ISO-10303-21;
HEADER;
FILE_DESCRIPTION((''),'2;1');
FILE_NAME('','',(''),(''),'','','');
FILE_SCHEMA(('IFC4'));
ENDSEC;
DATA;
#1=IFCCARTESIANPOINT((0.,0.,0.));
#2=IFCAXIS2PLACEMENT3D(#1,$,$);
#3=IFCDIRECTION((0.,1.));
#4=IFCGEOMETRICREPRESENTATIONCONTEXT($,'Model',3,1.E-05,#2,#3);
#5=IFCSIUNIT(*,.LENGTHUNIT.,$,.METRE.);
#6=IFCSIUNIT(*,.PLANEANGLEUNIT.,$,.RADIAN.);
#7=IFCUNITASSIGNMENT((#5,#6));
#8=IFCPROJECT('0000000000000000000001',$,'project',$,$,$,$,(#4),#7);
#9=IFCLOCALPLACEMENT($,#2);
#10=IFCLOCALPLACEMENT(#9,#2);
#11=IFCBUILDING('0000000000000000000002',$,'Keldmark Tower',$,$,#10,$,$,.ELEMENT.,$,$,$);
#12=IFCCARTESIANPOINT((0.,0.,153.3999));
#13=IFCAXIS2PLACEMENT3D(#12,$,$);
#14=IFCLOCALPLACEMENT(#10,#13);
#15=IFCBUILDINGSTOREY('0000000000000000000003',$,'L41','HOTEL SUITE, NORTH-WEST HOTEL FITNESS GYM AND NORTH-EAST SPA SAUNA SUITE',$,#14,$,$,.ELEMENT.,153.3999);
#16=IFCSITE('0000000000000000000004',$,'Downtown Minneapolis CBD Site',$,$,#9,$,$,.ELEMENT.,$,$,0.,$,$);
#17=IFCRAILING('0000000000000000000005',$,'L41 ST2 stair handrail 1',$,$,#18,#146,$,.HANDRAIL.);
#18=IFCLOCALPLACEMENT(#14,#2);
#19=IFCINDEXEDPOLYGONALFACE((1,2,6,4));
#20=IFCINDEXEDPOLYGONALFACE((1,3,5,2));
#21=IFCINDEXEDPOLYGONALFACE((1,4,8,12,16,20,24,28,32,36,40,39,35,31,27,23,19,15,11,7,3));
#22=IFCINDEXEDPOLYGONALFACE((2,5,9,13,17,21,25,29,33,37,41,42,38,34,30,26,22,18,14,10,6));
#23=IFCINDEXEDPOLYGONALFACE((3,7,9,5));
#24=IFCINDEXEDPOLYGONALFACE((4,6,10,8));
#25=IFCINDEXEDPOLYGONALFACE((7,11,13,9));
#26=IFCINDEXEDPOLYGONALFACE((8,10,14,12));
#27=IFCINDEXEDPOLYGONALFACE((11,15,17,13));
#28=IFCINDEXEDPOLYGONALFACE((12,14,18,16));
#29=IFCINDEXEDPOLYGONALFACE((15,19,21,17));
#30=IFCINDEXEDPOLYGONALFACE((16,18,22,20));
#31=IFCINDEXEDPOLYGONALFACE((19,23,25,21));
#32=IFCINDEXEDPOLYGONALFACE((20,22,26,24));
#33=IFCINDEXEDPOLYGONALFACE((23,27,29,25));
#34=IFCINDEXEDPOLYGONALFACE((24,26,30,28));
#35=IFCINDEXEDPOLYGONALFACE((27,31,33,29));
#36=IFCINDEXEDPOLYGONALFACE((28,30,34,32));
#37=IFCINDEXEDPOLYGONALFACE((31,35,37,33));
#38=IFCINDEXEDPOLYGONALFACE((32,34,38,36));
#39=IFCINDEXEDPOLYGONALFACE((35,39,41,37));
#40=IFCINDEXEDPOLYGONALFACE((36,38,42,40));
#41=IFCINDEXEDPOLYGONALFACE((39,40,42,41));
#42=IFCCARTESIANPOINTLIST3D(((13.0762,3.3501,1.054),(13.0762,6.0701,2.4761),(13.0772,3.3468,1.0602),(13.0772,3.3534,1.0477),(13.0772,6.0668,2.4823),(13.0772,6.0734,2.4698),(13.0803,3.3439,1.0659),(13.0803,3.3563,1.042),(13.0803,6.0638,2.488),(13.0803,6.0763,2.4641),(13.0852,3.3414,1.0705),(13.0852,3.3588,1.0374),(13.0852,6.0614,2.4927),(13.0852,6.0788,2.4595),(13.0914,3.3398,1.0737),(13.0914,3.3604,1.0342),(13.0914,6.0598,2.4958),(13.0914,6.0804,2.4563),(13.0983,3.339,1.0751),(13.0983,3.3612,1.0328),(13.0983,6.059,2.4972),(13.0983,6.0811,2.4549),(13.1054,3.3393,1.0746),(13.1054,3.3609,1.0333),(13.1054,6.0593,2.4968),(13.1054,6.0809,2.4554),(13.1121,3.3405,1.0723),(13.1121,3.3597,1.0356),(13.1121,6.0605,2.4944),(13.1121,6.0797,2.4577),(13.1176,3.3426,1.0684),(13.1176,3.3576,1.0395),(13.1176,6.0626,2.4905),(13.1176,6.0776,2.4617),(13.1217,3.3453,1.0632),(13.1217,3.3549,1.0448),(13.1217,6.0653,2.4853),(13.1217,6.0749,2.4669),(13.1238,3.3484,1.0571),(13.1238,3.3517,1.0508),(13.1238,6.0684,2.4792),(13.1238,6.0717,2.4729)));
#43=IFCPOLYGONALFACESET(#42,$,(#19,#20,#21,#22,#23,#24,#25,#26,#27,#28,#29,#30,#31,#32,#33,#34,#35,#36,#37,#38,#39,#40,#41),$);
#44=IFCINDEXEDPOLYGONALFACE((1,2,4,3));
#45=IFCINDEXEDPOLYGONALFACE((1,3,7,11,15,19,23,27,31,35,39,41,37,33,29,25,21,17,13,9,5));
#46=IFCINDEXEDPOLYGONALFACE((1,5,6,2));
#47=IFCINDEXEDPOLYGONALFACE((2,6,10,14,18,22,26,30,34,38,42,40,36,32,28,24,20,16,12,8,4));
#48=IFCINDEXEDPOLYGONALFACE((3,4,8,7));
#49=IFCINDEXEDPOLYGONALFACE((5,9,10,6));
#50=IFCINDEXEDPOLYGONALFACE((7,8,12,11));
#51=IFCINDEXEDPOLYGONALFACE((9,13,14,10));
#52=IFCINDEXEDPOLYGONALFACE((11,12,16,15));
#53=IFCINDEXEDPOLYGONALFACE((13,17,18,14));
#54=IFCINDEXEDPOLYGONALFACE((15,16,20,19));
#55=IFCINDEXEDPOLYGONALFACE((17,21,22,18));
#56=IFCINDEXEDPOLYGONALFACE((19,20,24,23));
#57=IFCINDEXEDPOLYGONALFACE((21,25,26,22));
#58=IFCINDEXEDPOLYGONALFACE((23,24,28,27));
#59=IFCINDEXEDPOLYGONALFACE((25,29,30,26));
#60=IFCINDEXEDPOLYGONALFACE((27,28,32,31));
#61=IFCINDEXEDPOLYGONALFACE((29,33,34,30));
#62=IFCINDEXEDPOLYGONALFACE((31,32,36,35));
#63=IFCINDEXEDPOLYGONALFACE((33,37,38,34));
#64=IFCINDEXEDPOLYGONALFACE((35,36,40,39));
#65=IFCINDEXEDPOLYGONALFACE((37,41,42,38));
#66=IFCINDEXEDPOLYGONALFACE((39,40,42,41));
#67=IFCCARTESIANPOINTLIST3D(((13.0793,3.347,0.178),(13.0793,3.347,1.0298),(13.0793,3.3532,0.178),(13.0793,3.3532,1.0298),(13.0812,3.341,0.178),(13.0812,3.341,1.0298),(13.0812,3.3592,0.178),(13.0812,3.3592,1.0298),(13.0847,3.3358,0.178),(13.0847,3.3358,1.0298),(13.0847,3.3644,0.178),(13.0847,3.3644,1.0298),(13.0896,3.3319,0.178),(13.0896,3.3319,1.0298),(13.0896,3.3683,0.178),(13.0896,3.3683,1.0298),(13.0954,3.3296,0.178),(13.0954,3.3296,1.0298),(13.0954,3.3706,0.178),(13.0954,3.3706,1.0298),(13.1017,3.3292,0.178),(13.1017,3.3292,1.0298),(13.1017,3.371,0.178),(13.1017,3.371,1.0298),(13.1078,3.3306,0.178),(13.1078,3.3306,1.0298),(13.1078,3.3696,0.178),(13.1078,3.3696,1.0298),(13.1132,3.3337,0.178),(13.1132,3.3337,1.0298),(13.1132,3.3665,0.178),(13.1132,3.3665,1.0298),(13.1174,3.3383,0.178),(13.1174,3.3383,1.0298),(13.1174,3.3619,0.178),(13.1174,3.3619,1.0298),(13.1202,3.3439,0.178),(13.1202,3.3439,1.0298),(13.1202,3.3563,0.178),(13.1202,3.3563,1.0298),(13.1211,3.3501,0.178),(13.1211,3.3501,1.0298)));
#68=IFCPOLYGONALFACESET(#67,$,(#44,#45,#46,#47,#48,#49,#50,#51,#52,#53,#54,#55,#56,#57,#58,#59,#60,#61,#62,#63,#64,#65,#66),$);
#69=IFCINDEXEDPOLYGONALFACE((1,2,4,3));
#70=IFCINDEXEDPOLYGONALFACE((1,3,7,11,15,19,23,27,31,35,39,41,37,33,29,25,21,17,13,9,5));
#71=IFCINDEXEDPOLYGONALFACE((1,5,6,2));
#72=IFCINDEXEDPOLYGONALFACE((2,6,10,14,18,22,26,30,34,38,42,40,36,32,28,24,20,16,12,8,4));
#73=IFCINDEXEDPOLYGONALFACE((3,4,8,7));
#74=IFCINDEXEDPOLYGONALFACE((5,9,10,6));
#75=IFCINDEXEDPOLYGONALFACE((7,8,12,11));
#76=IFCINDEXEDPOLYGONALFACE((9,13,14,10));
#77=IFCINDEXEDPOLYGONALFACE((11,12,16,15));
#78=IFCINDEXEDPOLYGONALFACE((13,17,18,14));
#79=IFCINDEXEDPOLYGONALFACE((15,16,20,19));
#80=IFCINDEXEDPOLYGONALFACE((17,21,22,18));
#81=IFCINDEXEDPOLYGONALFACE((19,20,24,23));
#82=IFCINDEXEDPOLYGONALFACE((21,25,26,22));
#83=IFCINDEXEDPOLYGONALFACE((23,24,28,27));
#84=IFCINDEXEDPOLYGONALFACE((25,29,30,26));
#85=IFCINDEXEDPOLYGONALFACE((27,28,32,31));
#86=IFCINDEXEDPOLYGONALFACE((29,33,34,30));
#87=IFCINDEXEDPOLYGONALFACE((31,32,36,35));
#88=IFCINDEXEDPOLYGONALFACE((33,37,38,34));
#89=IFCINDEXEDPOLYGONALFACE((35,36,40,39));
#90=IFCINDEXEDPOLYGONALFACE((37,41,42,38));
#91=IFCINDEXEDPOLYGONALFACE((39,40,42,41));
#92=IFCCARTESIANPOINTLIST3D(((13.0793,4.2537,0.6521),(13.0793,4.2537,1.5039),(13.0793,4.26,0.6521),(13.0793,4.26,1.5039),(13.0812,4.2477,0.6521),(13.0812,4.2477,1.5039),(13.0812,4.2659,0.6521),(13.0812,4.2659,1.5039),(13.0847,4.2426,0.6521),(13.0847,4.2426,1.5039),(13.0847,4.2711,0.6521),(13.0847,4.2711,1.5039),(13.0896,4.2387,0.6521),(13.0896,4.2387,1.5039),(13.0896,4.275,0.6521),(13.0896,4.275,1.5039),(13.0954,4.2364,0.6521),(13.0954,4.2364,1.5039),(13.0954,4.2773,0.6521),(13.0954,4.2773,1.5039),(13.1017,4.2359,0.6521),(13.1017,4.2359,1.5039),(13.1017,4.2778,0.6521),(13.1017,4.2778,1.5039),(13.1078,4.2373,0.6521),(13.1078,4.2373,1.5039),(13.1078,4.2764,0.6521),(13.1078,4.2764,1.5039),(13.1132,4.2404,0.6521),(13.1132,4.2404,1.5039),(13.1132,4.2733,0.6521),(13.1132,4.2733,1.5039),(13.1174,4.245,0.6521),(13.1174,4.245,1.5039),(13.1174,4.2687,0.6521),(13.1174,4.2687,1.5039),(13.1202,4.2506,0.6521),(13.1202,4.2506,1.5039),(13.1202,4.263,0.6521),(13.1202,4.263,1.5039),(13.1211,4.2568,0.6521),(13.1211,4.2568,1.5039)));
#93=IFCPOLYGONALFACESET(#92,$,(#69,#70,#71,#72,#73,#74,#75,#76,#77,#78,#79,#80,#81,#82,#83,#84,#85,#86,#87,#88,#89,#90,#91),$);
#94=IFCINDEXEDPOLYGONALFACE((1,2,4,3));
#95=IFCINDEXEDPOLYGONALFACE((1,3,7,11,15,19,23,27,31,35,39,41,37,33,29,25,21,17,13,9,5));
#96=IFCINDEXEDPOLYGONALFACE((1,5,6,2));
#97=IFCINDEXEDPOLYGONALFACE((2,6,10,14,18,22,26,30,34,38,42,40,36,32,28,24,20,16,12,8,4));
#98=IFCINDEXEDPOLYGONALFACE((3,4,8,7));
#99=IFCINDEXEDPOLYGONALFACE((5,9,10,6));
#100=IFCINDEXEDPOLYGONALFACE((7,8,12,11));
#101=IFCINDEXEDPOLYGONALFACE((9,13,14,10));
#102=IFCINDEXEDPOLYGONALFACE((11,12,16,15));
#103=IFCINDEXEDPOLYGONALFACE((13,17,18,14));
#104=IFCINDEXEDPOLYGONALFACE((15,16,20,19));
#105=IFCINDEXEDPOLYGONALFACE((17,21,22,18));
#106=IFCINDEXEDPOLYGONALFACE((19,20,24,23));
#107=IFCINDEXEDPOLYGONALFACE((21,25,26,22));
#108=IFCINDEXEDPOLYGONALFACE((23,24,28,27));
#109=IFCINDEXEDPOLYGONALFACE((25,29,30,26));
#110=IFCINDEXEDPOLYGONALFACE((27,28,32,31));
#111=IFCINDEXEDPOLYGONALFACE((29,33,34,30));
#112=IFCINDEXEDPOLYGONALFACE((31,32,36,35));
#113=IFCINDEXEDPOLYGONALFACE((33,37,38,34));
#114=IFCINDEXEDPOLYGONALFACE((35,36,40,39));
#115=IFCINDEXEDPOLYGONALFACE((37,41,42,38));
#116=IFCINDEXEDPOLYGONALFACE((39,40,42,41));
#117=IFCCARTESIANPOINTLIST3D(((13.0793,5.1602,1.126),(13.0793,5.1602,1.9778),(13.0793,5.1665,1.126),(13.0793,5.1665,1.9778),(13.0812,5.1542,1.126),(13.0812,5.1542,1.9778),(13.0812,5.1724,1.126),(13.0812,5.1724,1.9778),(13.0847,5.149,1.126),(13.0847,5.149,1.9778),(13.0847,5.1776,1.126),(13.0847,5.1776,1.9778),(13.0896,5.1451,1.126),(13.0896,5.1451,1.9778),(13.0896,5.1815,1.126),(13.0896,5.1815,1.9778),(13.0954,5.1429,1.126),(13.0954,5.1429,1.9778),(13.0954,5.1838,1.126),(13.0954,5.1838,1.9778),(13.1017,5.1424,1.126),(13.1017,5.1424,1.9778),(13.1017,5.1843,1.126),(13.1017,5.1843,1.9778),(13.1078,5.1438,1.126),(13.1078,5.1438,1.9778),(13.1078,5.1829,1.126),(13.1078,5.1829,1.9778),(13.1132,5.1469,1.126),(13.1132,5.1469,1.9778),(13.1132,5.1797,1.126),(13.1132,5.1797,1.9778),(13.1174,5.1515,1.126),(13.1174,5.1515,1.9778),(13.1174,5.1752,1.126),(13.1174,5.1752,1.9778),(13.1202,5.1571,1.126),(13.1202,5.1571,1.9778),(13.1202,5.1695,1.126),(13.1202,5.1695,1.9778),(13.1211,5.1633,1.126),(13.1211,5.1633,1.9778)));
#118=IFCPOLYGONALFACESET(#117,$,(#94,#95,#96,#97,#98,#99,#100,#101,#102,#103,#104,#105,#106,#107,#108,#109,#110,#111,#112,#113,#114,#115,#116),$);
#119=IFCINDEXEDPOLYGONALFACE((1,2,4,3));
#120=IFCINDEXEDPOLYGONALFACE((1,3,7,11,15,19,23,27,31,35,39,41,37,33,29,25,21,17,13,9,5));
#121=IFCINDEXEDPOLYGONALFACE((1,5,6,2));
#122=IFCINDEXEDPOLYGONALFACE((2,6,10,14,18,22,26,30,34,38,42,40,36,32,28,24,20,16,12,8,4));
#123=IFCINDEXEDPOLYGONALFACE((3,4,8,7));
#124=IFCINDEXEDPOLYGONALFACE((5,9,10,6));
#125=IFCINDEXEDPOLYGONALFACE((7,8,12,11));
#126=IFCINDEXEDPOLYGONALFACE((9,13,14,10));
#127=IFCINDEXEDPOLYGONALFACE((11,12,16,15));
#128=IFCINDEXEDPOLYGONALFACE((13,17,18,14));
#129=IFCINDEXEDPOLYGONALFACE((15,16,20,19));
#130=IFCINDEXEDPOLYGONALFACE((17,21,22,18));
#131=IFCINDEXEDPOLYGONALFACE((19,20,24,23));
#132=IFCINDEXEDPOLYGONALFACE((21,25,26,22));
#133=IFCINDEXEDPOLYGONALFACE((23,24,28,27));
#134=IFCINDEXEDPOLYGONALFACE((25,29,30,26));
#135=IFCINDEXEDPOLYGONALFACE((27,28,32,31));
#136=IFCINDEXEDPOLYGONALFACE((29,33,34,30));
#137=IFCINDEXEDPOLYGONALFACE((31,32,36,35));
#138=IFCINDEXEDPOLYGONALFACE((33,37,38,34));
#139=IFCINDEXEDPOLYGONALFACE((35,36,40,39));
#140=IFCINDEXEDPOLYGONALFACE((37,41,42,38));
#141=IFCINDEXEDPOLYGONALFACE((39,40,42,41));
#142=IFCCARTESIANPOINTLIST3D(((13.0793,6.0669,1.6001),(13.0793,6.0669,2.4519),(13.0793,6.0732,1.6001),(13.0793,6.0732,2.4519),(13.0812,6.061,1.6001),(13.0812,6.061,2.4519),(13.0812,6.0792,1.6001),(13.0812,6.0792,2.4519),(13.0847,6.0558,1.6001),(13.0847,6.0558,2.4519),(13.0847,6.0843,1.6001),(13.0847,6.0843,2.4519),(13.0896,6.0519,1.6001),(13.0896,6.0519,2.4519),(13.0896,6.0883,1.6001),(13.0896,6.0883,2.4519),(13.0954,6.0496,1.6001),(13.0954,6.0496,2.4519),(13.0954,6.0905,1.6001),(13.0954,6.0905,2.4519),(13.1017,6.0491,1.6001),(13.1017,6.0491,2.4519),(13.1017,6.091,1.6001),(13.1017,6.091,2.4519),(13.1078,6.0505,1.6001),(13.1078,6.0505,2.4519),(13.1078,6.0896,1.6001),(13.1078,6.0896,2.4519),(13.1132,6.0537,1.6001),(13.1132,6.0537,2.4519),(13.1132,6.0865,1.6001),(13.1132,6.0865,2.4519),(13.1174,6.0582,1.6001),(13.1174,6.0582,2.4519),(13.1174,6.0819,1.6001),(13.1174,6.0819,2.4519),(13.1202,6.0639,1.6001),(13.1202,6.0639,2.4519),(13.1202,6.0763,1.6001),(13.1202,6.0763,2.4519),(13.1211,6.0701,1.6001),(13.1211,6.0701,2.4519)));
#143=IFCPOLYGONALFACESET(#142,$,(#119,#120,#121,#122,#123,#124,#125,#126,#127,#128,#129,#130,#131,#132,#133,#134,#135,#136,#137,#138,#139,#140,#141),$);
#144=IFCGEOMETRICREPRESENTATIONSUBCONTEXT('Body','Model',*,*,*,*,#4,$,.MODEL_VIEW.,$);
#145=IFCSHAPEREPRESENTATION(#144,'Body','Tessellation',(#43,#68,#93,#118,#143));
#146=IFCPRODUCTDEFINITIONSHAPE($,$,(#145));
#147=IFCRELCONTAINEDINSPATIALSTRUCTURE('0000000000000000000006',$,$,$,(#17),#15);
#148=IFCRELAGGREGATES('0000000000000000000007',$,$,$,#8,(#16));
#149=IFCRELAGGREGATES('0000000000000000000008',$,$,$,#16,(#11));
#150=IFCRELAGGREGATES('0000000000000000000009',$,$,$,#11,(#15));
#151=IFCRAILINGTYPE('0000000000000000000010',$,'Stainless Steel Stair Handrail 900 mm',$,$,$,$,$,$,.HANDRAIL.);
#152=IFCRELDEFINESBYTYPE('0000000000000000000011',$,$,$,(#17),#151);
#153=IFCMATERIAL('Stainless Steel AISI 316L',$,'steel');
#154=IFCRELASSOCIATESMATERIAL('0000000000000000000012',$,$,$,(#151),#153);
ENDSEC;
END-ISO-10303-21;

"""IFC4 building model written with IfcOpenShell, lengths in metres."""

from ifc_helpers import new_model, si_unit, direction, frame, origin, origin_2d, place, context, subcontext, project, spatial, circle, extrude, material, type_object, element, save


model = new_model("IFC4")

# Units and contexts
model_context = context("Model", 3, precision=1e-05, world=origin(), true_north=direction((0.0, 1.0)))
body_context = subcontext(model_context, "Body", "Model", "MODEL_VIEW")
ifc_project = project(units=[si_unit("LENGTHUNIT", "METRE"), si_unit("PLANEANGLEUNIT", "RADIAN")], contexts=[model_context])

# Site, building, storey
site_placement = place(None, origin())
site = spatial("IfcSite", under=ifc_project, at=site_placement, Name="Downtown Minneapolis CBD Site", CompositionType="ELEMENT", RefElevation=0.0)
building_placement = place(site_placement, origin())
building = spatial("IfcBuilding", under=site, at=building_placement, Name="Keldmark Tower", CompositionType="ELEMENT")
storey_placement = place(building_placement, frame((0.0, 0.0, 153.3999)))
storey = spatial("IfcBuildingStorey", under=building, at=storey_placement, Name="L41", Description="HOTEL SUITE, NORTH-WEST HOTEL FITNESS GYM AND NORTH-EAST SPA SAUNA SUITE", CompositionType="ELEMENT", Elevation=153.3999)

# Railing
ifc_material_1 = material(Name="Stainless Steel AISI 316L", Category="steel")
railing_type = type_object("IfcRailingType", Name="Stainless Steel Stair Handrail 900 mm", PredefinedType="HANDRAIL", material=ifc_material_1)
railing_placement = place(storey_placement, frame((13.1001, 3.3501, 0.178)))
element("IfcRailing", 1, at=railing_placement, inside=storey, type_object=railing_type, Name="L41 ST2 stair handrail 1", PredefinedType="HANDRAIL", context=body_context, shape_type="SweptSolid", body=[
    extrude(circle(Radius=0.0239, at=origin_2d()), frame((0.0, 0.0, 0.876), z_axis=(0.0, 0.886183, 0.463335), x_axis=(-1.0, 0.0, 0.0)), (0.0, 0.0, 1.0), 3.0693),
    extrude(circle(Radius=0.021, at=origin_2d()), origin(), (0.0, 0.0, 1.0), 0.8518),
    extrude(circle(Radius=0.021, at=origin_2d()), frame((0.0, 0.9067, 0.4741)), (0.0, 0.0, 1.0), 0.8518),
    extrude(circle(Radius=0.021, at=origin_2d()), frame((0.0, 1.8132, 0.948)), (0.0, 0.0, 1.0), 0.8518),
    extrude(circle(Radius=0.021, at=origin_2d()), frame((0.0, 2.72, 1.4221)), (0.0, 0.0, 1.0), 0.8518),
])

save(model, "model.ifc")
